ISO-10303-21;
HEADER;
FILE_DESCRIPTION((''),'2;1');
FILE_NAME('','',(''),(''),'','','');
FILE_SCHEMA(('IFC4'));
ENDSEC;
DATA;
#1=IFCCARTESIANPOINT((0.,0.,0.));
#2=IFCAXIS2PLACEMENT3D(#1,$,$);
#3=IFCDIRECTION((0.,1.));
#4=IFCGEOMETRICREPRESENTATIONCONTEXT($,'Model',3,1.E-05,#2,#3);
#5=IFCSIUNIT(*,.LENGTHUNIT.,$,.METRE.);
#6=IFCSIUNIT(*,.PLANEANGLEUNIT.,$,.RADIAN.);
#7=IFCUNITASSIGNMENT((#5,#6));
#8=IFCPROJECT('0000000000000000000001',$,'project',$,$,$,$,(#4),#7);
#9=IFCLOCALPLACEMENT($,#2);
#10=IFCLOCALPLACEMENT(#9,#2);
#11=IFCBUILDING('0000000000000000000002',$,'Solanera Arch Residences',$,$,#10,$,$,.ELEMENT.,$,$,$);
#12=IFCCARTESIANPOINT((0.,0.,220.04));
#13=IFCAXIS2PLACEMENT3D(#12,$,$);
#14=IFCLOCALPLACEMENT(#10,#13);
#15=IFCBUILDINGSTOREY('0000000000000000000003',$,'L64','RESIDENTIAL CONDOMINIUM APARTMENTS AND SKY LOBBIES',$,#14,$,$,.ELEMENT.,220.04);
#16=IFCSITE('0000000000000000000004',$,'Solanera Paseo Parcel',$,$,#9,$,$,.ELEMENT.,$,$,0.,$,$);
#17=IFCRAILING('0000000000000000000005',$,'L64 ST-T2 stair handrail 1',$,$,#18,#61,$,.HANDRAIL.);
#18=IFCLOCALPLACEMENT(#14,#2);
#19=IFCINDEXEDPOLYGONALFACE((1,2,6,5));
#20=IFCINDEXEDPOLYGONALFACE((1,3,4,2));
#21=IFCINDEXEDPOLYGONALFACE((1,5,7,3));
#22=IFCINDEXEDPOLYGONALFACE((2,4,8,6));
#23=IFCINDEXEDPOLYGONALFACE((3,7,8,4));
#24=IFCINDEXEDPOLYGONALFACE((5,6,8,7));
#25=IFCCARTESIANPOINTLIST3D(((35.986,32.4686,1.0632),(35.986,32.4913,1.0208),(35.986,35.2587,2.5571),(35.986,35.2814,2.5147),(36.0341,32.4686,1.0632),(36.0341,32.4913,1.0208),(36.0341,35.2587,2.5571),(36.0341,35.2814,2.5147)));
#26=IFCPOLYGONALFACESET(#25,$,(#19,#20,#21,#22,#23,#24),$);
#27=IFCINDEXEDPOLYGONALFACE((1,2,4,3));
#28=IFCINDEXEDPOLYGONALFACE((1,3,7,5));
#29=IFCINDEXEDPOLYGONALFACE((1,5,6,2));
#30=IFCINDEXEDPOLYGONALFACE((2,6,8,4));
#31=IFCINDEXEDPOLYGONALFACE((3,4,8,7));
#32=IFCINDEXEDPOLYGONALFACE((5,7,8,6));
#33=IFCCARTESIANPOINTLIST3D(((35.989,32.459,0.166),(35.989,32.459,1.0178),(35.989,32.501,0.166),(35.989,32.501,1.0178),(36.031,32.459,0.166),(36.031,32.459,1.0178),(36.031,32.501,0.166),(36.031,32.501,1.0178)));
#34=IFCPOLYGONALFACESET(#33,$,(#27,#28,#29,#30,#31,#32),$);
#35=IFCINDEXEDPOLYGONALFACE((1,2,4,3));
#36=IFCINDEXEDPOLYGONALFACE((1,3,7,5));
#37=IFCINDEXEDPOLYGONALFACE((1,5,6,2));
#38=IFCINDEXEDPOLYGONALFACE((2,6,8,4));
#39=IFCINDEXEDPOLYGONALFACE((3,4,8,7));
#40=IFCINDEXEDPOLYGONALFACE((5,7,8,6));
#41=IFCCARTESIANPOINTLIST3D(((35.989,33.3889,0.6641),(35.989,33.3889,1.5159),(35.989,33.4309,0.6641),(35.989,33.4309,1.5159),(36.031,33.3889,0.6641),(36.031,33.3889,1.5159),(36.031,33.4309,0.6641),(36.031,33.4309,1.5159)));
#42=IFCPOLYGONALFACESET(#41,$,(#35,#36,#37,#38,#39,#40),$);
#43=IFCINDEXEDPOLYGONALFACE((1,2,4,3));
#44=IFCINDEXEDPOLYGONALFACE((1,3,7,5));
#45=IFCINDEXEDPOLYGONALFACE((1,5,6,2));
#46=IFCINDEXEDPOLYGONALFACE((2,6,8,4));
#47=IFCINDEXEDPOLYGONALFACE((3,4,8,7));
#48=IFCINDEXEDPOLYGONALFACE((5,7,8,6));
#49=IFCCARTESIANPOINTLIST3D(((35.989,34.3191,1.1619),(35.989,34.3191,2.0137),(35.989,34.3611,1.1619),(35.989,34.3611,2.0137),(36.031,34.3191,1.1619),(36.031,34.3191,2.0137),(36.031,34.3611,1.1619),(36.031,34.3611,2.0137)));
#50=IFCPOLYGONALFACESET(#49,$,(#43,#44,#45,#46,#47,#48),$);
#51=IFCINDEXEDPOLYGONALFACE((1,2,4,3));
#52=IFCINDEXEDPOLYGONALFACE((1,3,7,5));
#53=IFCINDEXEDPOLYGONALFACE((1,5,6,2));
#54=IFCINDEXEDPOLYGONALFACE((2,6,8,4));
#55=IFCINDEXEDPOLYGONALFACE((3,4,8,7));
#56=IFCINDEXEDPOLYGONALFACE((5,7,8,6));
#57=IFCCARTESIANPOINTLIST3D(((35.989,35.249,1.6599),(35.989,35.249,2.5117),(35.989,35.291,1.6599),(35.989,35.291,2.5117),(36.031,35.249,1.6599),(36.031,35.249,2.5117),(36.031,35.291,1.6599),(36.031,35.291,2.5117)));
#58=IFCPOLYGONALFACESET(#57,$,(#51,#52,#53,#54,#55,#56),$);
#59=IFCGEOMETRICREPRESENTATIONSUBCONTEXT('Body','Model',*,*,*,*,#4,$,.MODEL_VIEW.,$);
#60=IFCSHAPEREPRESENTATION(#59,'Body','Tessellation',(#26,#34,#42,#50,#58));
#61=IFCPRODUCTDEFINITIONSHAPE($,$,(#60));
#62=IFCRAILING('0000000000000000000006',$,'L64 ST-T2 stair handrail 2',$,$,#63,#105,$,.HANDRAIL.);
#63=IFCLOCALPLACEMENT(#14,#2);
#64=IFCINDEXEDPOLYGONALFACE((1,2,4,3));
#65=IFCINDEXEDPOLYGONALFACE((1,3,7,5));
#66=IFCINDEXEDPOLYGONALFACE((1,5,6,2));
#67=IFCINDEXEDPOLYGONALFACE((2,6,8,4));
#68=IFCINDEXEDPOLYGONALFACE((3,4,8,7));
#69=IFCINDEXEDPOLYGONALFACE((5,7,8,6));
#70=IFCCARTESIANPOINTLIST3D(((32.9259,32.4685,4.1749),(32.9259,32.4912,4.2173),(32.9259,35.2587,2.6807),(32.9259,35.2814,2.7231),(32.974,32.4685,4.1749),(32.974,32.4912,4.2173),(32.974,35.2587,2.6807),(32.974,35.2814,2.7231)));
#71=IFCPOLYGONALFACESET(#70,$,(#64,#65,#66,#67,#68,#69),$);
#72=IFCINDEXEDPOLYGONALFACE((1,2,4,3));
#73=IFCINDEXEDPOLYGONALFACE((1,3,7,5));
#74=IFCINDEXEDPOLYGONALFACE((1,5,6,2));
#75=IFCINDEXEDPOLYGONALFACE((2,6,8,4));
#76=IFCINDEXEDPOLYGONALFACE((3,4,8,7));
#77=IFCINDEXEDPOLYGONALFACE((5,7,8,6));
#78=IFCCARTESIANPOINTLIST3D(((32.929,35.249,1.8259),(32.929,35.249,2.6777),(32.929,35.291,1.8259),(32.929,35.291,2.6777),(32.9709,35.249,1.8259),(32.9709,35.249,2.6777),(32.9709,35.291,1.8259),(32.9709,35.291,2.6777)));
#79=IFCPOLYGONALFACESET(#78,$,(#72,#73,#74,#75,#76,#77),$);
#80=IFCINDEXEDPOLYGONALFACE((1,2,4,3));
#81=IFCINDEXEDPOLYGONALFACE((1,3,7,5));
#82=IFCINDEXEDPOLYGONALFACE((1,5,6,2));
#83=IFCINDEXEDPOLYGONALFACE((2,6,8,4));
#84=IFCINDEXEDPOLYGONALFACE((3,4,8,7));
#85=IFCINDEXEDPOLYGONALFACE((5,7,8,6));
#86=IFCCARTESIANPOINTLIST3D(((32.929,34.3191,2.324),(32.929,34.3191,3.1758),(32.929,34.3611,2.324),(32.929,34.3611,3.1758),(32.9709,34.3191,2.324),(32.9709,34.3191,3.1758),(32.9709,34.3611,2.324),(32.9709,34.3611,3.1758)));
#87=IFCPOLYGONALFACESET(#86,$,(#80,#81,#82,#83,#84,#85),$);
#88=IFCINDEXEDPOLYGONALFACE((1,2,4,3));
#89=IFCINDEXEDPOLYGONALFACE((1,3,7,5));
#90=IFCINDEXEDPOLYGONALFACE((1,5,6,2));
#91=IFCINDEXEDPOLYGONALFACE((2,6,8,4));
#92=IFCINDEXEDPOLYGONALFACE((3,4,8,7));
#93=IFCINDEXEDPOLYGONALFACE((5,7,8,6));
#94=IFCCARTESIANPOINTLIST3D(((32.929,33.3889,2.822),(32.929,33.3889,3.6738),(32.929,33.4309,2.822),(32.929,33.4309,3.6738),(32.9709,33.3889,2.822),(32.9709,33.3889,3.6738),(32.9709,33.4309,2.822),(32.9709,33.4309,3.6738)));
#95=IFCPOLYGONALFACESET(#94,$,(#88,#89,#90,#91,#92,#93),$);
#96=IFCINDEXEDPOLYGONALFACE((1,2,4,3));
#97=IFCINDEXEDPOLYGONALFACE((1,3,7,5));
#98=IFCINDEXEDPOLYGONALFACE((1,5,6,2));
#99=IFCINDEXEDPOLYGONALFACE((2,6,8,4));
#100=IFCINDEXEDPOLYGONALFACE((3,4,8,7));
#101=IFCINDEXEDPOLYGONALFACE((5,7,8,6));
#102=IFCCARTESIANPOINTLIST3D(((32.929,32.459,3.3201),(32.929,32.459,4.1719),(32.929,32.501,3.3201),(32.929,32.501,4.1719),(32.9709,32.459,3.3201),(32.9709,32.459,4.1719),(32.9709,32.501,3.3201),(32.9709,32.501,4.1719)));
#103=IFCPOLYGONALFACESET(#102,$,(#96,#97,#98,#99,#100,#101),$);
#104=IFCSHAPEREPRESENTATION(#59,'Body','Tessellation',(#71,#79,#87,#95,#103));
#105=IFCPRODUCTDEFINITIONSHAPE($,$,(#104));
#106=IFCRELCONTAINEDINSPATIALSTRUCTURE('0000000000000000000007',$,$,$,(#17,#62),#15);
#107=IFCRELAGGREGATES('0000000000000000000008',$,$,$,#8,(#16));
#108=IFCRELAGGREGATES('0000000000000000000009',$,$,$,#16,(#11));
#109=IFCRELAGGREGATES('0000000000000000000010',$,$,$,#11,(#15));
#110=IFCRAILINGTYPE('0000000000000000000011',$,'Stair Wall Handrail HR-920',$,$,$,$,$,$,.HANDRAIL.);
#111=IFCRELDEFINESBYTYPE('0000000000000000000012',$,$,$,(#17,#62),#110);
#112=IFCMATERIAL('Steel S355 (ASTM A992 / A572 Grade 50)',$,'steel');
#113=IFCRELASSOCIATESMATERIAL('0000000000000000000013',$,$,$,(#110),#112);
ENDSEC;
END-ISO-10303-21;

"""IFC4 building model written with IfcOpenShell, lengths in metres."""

from ifc_helpers import new_model, si_unit, direction, frame, origin, origin_2d, place, context, subcontext, project, spatial, rectangle, extrude, material, type_object, element, save


model = new_model("IFC4")

# Units and contexts
model_context = context("Model", 3, precision=1e-05, world=origin(), true_north=direction((0.0, 1.0)))
body_context = subcontext(model_context, "Body", "Model", "MODEL_VIEW")
ifc_project = project(units=[si_unit("LENGTHUNIT", "METRE"), si_unit("PLANEANGLEUNIT", "RADIAN")], contexts=[model_context])

# Site, building, storey
site_placement = place(None, origin())
site = spatial("IfcSite", under=ifc_project, at=site_placement, Name="Solanera Paseo Parcel", CompositionType="ELEMENT", RefElevation=0.0)
building_placement = place(site_placement, origin())
building = spatial("IfcBuilding", under=site, at=building_placement, Name="Solanera Arch Residences", CompositionType="ELEMENT")
storey_placement = place(building_placement, frame((0.0, 0.0, 220.04)))
storey = spatial("IfcBuildingStorey", under=building, at=storey_placement, Name="L64", Description="RESIDENTIAL CONDOMINIUM APARTMENTS AND SKY LOBBIES", CompositionType="ELEMENT", Elevation=220.04)

# Railings
ifc_material_1 = material(Name="Steel S355 (ASTM A992 / A572 Grade 50)", Category="steel")
railing_type_1 = type_object("IfcRailingType", Name="Stair Wall Handrail HR-920", PredefinedType="HANDRAIL", material=ifc_material_1)
railing_1_placement = place(storey_placement, frame((36.01, 32.48, 0.166)))
element("IfcRailing", 1, at=railing_1_placement, inside=storey, type_object=railing_type_1, Name="L64 ST-T2 stair handrail 1", PredefinedType="HANDRAIL", context=body_context, shape_type="SweptSolid", body=[
    extrude(rectangle(XDim=0.0481, YDim=0.0481, at=origin_2d()), frame((0.0, 0.0, 0.876), z_axis=(0.0, 0.881581, 0.472033), x_axis=(-1.0, 0.0, 0.0)), (0.0, 0.0, 1.0), 3.1648),
    extrude(rectangle(XDim=0.042, YDim=0.042, at=origin_2d()), origin(), (0.0, 0.0, 1.0), 0.8518),
    extrude(rectangle(XDim=0.042, YDim=0.042, at=origin_2d()), frame((0.0, 0.9299, 0.498)), (0.0, 0.0, 1.0), 0.8518),
    extrude(rectangle(XDim=0.042, YDim=0.042, at=origin_2d()), frame((0.0, 1.8601, 0.9958)), (0.0, 0.0, 1.0), 0.8518),
    extrude(rectangle(XDim=0.042, YDim=0.042, at=origin_2d()), frame((0.0, 2.79, 1.4939)), (0.0, 0.0, 1.0), 0.8518),
])
railing_2_placement = place(storey_placement, frame((32.95, 35.27, 1.8259)))
element("IfcRailing", 2, at=railing_2_placement, inside=storey, type_object=railing_type_1, Name="L64 ST-T2 stair handrail 2", PredefinedType="HANDRAIL", context=body_context, shape_type="SweptSolid", body=[
    extrude(rectangle(XDim=0.0481, YDim=0.0481, at=origin_2d()), frame((0.0, 0.0, 0.876), z_axis=(0.0, -0.881549, 0.472093), x_axis=(1.0, 0.0, 0.0)), (0.0, 0.0, 1.0), 3.165),
    extrude(rectangle(XDim=0.042, YDim=0.042, at=origin_2d()), origin(), (0.0, 0.0, 1.0), 0.8518),
    extrude(rectangle(XDim=0.042, YDim=0.042, at=origin_2d()), frame((0.0, -0.9299, 0.498)), (0.0, 0.0, 1.0), 0.8518),
    extrude(rectangle(XDim=0.042, YDim=0.042, at=origin_2d()), frame((0.0, -1.8601, 0.9961)), (0.0, 0.0, 1.0), 0.8518),
    extrude(rectangle(XDim=0.042, YDim=0.042, at=origin_2d()), frame((0.0, -2.79, 1.4941)), (0.0, 0.0, 1.0), 0.8518),
])

save(model, "model.ifc")
